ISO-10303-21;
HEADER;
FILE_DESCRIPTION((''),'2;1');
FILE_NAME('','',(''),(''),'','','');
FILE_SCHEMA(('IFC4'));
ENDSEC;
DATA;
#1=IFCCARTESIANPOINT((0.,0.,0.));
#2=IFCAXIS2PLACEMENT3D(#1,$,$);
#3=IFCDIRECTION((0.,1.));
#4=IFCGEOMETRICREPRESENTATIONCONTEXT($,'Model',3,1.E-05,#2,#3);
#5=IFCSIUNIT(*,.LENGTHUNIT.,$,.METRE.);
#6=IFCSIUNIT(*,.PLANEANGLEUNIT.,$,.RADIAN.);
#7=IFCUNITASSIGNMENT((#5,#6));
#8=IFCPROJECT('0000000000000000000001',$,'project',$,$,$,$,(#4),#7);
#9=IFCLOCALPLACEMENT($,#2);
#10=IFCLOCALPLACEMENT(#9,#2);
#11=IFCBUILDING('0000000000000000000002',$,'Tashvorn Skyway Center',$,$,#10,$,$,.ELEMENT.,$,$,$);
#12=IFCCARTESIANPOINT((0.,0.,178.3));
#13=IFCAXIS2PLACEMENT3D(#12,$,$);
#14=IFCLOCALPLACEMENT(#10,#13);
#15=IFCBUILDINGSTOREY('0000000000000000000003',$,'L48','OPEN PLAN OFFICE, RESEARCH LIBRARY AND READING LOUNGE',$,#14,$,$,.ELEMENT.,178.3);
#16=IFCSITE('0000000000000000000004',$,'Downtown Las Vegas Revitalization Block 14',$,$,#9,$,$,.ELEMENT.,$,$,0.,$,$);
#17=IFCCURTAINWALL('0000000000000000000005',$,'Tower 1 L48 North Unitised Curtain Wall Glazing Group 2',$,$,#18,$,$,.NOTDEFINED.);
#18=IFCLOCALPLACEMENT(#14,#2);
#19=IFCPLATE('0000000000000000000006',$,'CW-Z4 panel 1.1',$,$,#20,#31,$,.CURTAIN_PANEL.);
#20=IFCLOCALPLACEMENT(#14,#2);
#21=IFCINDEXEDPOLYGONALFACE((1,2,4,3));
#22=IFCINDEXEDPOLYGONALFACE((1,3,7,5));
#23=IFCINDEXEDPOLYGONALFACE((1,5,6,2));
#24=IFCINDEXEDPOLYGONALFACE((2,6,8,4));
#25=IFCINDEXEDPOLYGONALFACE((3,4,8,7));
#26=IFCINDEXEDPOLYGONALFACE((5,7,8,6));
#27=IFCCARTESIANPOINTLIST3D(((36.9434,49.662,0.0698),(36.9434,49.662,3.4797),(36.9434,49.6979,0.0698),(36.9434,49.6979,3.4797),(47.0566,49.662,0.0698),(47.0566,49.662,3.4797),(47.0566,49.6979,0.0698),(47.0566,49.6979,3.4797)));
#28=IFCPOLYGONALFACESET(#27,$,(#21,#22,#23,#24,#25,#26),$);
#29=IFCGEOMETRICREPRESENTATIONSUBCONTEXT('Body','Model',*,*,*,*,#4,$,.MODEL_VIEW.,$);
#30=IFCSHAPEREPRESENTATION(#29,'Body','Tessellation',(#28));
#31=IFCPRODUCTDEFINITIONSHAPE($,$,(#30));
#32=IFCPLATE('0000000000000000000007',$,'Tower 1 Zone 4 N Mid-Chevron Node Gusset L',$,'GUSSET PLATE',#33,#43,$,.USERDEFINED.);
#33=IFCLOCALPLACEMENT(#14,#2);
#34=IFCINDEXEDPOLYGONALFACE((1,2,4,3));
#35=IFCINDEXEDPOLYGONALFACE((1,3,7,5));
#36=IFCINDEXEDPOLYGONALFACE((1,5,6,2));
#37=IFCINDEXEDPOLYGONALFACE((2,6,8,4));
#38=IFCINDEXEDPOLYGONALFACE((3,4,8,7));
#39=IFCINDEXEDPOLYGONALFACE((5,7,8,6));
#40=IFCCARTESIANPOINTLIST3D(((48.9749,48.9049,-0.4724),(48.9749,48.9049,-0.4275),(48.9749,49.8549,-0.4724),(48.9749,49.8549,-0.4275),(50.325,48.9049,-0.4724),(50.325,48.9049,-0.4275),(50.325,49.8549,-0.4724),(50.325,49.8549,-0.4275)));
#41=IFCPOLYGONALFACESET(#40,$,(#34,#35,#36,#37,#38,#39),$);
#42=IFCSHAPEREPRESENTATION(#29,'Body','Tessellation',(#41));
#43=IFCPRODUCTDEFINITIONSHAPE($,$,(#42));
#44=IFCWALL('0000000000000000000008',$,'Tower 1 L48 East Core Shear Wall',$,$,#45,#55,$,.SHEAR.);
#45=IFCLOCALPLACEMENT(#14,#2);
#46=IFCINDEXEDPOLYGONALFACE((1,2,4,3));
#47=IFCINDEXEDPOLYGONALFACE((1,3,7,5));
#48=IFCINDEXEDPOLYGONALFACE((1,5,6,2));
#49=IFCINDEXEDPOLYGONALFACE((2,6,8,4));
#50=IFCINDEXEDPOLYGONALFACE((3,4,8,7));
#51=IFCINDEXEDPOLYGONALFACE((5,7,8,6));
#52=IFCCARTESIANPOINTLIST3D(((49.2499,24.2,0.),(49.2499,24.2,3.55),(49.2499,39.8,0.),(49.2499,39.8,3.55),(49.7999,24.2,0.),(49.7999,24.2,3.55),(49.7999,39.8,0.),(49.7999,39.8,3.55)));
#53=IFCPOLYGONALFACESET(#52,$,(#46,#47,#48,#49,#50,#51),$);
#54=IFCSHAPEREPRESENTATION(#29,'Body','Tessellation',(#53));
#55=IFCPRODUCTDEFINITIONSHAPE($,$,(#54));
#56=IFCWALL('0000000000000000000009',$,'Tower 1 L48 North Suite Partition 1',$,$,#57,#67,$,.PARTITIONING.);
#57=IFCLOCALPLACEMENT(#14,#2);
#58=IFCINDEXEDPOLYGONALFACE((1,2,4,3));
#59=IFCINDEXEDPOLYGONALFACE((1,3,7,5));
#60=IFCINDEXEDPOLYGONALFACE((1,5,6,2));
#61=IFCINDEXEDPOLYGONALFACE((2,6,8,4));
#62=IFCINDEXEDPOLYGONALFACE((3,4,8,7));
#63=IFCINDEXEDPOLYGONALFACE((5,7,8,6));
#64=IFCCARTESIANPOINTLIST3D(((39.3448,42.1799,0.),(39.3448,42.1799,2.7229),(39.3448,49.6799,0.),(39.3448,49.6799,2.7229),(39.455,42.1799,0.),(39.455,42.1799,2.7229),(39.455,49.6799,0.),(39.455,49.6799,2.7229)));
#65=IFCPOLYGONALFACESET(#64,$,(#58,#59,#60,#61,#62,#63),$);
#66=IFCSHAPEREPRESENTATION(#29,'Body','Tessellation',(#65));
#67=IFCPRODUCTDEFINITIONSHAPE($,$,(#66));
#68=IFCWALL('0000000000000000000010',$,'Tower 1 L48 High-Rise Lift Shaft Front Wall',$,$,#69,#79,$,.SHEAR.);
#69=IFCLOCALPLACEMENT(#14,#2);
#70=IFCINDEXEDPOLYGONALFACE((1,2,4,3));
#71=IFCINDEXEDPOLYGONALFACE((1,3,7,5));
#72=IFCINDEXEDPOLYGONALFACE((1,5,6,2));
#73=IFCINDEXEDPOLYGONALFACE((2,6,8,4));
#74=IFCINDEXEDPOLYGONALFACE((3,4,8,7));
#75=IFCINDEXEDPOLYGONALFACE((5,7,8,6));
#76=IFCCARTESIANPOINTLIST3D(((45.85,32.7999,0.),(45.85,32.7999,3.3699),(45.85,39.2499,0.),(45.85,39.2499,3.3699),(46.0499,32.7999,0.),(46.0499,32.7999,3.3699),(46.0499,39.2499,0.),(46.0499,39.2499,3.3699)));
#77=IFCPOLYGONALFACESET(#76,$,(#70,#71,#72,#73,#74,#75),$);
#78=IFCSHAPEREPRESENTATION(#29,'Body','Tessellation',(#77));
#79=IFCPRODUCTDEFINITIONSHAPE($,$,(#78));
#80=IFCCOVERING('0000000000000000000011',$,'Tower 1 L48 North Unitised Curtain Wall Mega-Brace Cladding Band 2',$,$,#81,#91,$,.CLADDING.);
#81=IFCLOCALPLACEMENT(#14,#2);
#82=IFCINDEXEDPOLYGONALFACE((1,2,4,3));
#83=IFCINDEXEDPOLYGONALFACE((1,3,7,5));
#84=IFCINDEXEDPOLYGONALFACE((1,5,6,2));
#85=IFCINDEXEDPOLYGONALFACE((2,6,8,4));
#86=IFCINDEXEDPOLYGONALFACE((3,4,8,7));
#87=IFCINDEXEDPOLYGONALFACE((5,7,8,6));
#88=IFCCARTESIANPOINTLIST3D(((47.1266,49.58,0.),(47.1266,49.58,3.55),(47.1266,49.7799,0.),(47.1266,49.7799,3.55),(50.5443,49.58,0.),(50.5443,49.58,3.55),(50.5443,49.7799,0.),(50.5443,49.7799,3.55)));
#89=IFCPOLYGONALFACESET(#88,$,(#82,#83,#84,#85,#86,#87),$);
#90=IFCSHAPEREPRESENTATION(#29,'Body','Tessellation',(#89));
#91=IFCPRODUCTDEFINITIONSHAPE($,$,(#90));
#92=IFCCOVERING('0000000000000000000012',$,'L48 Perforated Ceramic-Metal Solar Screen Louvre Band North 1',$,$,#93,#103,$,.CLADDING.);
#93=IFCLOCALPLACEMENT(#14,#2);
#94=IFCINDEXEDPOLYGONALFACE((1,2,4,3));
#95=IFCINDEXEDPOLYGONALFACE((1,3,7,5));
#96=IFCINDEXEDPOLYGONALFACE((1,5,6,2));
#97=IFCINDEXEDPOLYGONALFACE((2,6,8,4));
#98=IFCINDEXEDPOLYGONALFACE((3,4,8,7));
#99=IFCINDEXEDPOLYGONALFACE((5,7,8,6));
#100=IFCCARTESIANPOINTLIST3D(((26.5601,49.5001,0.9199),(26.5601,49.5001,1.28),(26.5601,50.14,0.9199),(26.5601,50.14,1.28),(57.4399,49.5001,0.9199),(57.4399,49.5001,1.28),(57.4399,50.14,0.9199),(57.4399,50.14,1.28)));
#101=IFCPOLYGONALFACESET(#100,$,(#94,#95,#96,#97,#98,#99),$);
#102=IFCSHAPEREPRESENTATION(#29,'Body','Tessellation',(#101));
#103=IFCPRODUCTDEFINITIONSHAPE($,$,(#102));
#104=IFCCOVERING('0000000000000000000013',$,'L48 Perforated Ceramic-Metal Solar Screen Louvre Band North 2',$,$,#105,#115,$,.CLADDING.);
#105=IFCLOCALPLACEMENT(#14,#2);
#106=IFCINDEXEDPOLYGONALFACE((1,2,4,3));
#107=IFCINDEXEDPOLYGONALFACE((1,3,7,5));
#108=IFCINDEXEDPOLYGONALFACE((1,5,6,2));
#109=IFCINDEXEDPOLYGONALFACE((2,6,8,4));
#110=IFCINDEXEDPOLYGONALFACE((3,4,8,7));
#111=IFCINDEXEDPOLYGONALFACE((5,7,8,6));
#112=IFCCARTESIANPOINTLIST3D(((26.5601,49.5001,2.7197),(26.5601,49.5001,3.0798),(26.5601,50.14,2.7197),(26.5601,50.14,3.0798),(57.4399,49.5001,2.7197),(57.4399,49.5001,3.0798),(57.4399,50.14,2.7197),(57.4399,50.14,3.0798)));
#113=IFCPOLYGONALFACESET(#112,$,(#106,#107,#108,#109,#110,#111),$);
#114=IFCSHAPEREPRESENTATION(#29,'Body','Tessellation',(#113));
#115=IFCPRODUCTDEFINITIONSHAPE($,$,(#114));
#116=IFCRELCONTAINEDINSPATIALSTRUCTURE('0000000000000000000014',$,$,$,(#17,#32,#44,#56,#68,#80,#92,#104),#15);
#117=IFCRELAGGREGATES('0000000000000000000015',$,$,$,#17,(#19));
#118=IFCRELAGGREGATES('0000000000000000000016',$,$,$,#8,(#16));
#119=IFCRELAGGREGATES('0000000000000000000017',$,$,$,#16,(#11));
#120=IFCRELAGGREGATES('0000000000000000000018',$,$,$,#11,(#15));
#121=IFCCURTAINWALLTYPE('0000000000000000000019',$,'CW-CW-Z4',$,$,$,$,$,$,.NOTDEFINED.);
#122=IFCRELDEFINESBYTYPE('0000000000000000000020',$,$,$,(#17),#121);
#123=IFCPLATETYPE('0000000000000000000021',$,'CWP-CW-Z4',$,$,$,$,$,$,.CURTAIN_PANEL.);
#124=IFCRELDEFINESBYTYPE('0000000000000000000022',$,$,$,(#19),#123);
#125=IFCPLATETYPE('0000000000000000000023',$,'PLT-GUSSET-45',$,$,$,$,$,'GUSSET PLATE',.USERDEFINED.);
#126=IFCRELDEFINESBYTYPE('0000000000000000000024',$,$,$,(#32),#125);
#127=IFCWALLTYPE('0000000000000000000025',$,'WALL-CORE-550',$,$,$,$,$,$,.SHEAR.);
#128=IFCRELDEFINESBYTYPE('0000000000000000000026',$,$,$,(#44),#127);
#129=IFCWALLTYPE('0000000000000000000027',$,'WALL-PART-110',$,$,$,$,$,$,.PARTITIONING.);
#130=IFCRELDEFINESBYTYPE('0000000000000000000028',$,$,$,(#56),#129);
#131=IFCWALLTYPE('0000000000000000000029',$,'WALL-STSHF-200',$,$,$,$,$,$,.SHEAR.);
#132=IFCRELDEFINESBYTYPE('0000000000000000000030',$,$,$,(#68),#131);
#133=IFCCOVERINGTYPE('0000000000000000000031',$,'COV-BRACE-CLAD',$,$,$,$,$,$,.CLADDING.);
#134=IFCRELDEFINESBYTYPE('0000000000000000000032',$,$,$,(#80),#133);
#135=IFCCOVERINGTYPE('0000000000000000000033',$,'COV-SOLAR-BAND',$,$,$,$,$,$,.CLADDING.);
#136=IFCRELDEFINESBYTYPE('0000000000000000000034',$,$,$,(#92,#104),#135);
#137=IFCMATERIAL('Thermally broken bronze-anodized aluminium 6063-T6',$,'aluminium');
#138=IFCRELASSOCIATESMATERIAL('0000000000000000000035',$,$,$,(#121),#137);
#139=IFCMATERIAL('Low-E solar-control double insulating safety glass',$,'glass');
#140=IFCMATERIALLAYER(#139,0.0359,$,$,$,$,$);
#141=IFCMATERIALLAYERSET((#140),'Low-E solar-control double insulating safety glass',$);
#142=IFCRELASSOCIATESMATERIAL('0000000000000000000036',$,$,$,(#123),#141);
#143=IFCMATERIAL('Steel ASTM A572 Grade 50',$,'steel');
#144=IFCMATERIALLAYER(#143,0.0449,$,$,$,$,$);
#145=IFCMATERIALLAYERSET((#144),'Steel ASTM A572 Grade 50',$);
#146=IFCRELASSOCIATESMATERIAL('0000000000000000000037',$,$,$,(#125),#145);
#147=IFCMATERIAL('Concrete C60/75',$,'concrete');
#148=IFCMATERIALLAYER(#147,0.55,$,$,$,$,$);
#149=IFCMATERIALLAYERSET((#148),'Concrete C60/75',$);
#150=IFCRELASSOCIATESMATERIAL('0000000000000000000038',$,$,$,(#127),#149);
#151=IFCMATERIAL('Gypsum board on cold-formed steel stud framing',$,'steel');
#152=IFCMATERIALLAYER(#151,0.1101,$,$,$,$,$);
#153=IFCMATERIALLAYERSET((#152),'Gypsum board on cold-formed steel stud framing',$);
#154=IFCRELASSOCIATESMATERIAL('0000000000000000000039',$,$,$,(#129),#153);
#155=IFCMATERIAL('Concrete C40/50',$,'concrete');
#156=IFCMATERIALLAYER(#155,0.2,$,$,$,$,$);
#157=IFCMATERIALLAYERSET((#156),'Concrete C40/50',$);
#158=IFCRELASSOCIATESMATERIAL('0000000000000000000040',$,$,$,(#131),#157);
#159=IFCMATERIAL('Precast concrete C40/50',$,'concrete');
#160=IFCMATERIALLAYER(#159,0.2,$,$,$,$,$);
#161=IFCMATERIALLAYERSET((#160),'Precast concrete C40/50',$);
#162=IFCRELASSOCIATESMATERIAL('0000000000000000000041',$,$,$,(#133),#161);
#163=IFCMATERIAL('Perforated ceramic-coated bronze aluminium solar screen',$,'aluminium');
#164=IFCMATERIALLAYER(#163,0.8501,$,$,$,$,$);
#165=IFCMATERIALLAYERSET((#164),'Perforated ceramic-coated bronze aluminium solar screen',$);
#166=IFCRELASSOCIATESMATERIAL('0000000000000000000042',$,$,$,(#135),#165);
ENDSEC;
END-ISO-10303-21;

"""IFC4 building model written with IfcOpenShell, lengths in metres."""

from ifc_helpers import new_model, si_unit, direction, frame, frame_2d, origin, origin_2d, place, context, subcontext, project, spatial, rectangle, extrude, material, layer, layer_set, type_object, element, aggregate, save


model = new_model("IFC4")

# Units and contexts
model_context = context("Model", 3, precision=1e-05, world=origin(), true_north=direction((0.0, 1.0)))
body_context = subcontext(model_context, "Body", "Model", "MODEL_VIEW")
ifc_project = project(units=[si_unit("LENGTHUNIT", "METRE"), si_unit("PLANEANGLEUNIT", "RADIAN")], contexts=[model_context])

# Site, building, storey
site_placement = place(None, origin())
site = spatial("IfcSite", under=ifc_project, at=site_placement, Name="Downtown Las Vegas Revitalization Block 14", CompositionType="ELEMENT", RefElevation=0.0)
building_placement = place(site_placement, origin())
building = spatial("IfcBuilding", under=site, at=building_placement, Name="Tashvorn Skyway Center", CompositionType="ELEMENT")
storey_placement = place(building_placement, frame((0.0, 0.0, 178.3)))
storey = spatial("IfcBuildingStorey", under=building, at=storey_placement, Name="L48", Description="OPEN PLAN OFFICE, RESEARCH LIBRARY AND READING LOUNGE", CompositionType="ELEMENT", Elevation=178.3)

# Shared definitions
ifc_material_1 = material(Name="Steel ASTM A572 Grade 50", Category="steel")

# Curtain wall
ifc_material_2 = material(Name="Thermally broken bronze-anodized aluminium 6063-T6", Category="aluminium")
curtain_wall_type = type_object("IfcCurtainWallType", Name="CW-CW-Z4", PredefinedType="NOTDEFINED", material=ifc_material_2)
curtain_wall_placement = place(storey_placement, origin())
curtain_wall = element("IfcCurtainWall", 1, at=curtain_wall_placement, inside=storey, type_object=curtain_wall_type, Name="Tower 1 L48 North Unitised Curtain Wall Glazing Group 2", PredefinedType="NOTDEFINED")

# Plates
ifc_material_3 = material(Name="Low-E solar-control double insulating safety glass", Category="glass")
ifc_layer_1 = layer(ifc_material_3, 0.0359)
ifc_layer_set_1 = layer_set([ifc_layer_1], Name="Low-E solar-control double insulating safety glass")
plate_type_1 = type_object("IfcPlateType", Name="CWP-CW-Z4", PredefinedType="CURTAIN_PANEL", material=ifc_layer_set_1)
plate_1_placement = place(storey_placement, frame((42.0, 49.6799, 0.0698), z_axis=(0.0, 0.0, 1.0), x_axis=(1.0, 0.0, 0.0)))
plate_1 = element("IfcPlate", 2, at=plate_1_placement, type_object=plate_type_1, Name="CW-Z4 panel 1.1", PredefinedType="CURTAIN_PANEL", context=body_context, shape_type="SweptSolid", body=[
    extrude(rectangle(XDim=10.1133, YDim=0.0359, at=origin_2d()), origin(), (0.0, 0.0, 1.0), 3.4099),
])
aggregate(curtain_wall, [plate_1])
ifc_layer_2 = layer(ifc_material_1, 0.0449)
ifc_layer_set_2 = layer_set([ifc_layer_2], Name="Steel ASTM A572 Grade 50")
plate_type_2 = type_object("IfcPlateType", Name="PLT-GUSSET-45", ElementType="GUSSET PLATE", PredefinedType="USERDEFINED", material=ifc_layer_set_2)
plate_2_placement = place(storey_placement, frame((49.6499, 49.3799, -0.4724), z_axis=(0.0, 0.0, 1.0), x_axis=(-1.0, 0.0, 0.0)))
element("IfcPlate", 3, at=plate_2_placement, inside=storey, type_object=plate_type_2, Name="Tower 1 Zone 4 N Mid-Chevron Node Gusset L", ObjectType="GUSSET PLATE", PredefinedType="USERDEFINED", context=body_context, shape_type="SweptSolid", body=[
    extrude(rectangle(XDim=1.3501, YDim=0.95, at=origin_2d()), origin(), (0.0, 0.0, 1.0), 0.0449),
])

# Walls
ifc_material_4 = material(Name="Concrete C60/75", Category="concrete")
ifc_layer_3 = layer(ifc_material_4, 0.55)
ifc_layer_set_3 = layer_set([ifc_layer_3], Name="Concrete C60/75")
wall_type_1 = type_object("IfcWallType", Name="WALL-CORE-550", PredefinedType="SHEAR", material=ifc_layer_set_3)
wall_1_placement = place(storey_placement, frame((49.5249, 39.8, 0.0), z_axis=(0.0, 0.0, 1.0), x_axis=(0.0, -1.0, 0.0)))
element("IfcWall", 4, at=wall_1_placement, inside=storey, type_object=wall_type_1, Name="Tower 1 L48 East Core Shear Wall", PredefinedType="SHEAR", context=body_context, shape_type="SweptSolid", body=[
    extrude(rectangle(XDim=15.6001, YDim=0.55, at=frame_2d((7.8, 0.0))), origin(), (0.0, 0.0, 1.0), 3.55),
])
ifc_material_5 = material(Name="Gypsum board on cold-formed steel stud framing", Category="steel")
ifc_layer_4 = layer(ifc_material_5, 0.1101)
ifc_layer_set_4 = layer_set([ifc_layer_4], Name="Gypsum board on cold-formed steel stud framing")
wall_type_2 = type_object("IfcWallType", Name="WALL-PART-110", PredefinedType="PARTITIONING", material=ifc_layer_set_4)
wall_2_placement = place(storey_placement, frame((39.3999, 42.1799, 0.0), z_axis=(0.0, 0.0, 1.0), x_axis=(0.0, 1.0, 0.0)))
element("IfcWall", 5, at=wall_2_placement, inside=storey, type_object=wall_type_2, Name="Tower 1 L48 North Suite Partition 1", PredefinedType="PARTITIONING", context=body_context, shape_type="SweptSolid", body=[
    extrude(rectangle(XDim=7.5, YDim=0.1101, at=frame_2d((3.75, 0.0))), origin(), (0.0, 0.0, 1.0), 2.7229),
])
ifc_material_6 = material(Name="Concrete C40/50", Category="concrete")
ifc_layer_5 = layer(ifc_material_6, 0.2)
ifc_layer_set_5 = layer_set([ifc_layer_5], Name="Concrete C40/50")
wall_type_3 = type_object("IfcWallType", Name="WALL-STSHF-200", PredefinedType="SHEAR", material=ifc_layer_set_5)
wall_3_placement = place(storey_placement, frame((45.95, 39.25, 0.0), z_axis=(0.0, 0.0, 1.0), x_axis=(0.0, -1.0, 0.0)))
element("IfcWall", 6, at=wall_3_placement, inside=storey, type_object=wall_type_3, Name="Tower 1 L48 High-Rise Lift Shaft Front Wall", PredefinedType="SHEAR", context=body_context, shape_type="SweptSolid", body=[
    extrude(rectangle(XDim=6.45, YDim=0.2, at=frame_2d((3.2251, 0.0))), origin(), (0.0, 0.0, 1.0), 3.3699),
])

# Coverings
ifc_material_7 = material(Name="Precast concrete C40/50", Category="concrete")
ifc_layer_6 = layer(ifc_material_7, 0.2)
ifc_layer_set_6 = layer_set([ifc_layer_6], Name="Precast concrete C40/50")
covering_type_1 = type_object("IfcCoveringType", Name="COV-BRACE-CLAD", PredefinedType="CLADDING", material=ifc_layer_set_6)
covering_placement = place(storey_placement, frame((48.8354, 49.6799, 0.0), z_axis=(0.0, 0.0, 1.0), x_axis=(1.0, 0.0, 0.0)))
element("IfcCovering", 7, at=covering_placement, inside=storey, type_object=covering_type_1, Name="Tower 1 L48 North Unitised Curtain Wall Mega-Brace Cladding Band 2", PredefinedType="CLADDING", context=body_context, shape_type="SweptSolid", body=[
    extrude(rectangle(XDim=3.4177, YDim=0.2, at=origin_2d()), origin(), (0.0, 0.0, 1.0), 3.55),
])
ifc_material_8 = material(Name="Perforated ceramic-coated bronze aluminium solar screen", Category="aluminium")
ifc_layer_7 = layer(ifc_material_8, 0.8501)
ifc_layer_set_7 = layer_set([ifc_layer_7], Name="Perforated ceramic-coated bronze aluminium solar screen")
covering_type_2 = type_object("IfcCoveringType", Name="COV-SOLAR-BAND", PredefinedType="CLADDING", material=ifc_layer_set_7)
for number, where, z_axis, x_axis, name in (
    (8, (42.0, 49.8201, 0.9199), (0.0, 0.0, 1.0), (1.0, 0.0, 0.0), "L48 Perforated Ceramic-Metal Solar Screen Louvre Band North 1"),
    (9, (42.0, 49.8201, 2.7197), (0.0, 0.0, 1.0), (1.0, 0.0, 0.0), "L48 Perforated Ceramic-Metal Solar Screen Louvre Band North 2"),
):
    element("IfcCovering", number, at=place(storey_placement, frame(where, z_axis=z_axis, x_axis=x_axis)), inside=storey, type_object=covering_type_2, Name=name, PredefinedType="CLADDING", context=body_context, shape_type="SweptSolid", body=[
        extrude(rectangle(XDim=30.8799, YDim=0.6399, at=origin_2d()), origin(), (0.0, 0.0, 1.0), 0.3601),
    ])

save(model, "model.ifc")
